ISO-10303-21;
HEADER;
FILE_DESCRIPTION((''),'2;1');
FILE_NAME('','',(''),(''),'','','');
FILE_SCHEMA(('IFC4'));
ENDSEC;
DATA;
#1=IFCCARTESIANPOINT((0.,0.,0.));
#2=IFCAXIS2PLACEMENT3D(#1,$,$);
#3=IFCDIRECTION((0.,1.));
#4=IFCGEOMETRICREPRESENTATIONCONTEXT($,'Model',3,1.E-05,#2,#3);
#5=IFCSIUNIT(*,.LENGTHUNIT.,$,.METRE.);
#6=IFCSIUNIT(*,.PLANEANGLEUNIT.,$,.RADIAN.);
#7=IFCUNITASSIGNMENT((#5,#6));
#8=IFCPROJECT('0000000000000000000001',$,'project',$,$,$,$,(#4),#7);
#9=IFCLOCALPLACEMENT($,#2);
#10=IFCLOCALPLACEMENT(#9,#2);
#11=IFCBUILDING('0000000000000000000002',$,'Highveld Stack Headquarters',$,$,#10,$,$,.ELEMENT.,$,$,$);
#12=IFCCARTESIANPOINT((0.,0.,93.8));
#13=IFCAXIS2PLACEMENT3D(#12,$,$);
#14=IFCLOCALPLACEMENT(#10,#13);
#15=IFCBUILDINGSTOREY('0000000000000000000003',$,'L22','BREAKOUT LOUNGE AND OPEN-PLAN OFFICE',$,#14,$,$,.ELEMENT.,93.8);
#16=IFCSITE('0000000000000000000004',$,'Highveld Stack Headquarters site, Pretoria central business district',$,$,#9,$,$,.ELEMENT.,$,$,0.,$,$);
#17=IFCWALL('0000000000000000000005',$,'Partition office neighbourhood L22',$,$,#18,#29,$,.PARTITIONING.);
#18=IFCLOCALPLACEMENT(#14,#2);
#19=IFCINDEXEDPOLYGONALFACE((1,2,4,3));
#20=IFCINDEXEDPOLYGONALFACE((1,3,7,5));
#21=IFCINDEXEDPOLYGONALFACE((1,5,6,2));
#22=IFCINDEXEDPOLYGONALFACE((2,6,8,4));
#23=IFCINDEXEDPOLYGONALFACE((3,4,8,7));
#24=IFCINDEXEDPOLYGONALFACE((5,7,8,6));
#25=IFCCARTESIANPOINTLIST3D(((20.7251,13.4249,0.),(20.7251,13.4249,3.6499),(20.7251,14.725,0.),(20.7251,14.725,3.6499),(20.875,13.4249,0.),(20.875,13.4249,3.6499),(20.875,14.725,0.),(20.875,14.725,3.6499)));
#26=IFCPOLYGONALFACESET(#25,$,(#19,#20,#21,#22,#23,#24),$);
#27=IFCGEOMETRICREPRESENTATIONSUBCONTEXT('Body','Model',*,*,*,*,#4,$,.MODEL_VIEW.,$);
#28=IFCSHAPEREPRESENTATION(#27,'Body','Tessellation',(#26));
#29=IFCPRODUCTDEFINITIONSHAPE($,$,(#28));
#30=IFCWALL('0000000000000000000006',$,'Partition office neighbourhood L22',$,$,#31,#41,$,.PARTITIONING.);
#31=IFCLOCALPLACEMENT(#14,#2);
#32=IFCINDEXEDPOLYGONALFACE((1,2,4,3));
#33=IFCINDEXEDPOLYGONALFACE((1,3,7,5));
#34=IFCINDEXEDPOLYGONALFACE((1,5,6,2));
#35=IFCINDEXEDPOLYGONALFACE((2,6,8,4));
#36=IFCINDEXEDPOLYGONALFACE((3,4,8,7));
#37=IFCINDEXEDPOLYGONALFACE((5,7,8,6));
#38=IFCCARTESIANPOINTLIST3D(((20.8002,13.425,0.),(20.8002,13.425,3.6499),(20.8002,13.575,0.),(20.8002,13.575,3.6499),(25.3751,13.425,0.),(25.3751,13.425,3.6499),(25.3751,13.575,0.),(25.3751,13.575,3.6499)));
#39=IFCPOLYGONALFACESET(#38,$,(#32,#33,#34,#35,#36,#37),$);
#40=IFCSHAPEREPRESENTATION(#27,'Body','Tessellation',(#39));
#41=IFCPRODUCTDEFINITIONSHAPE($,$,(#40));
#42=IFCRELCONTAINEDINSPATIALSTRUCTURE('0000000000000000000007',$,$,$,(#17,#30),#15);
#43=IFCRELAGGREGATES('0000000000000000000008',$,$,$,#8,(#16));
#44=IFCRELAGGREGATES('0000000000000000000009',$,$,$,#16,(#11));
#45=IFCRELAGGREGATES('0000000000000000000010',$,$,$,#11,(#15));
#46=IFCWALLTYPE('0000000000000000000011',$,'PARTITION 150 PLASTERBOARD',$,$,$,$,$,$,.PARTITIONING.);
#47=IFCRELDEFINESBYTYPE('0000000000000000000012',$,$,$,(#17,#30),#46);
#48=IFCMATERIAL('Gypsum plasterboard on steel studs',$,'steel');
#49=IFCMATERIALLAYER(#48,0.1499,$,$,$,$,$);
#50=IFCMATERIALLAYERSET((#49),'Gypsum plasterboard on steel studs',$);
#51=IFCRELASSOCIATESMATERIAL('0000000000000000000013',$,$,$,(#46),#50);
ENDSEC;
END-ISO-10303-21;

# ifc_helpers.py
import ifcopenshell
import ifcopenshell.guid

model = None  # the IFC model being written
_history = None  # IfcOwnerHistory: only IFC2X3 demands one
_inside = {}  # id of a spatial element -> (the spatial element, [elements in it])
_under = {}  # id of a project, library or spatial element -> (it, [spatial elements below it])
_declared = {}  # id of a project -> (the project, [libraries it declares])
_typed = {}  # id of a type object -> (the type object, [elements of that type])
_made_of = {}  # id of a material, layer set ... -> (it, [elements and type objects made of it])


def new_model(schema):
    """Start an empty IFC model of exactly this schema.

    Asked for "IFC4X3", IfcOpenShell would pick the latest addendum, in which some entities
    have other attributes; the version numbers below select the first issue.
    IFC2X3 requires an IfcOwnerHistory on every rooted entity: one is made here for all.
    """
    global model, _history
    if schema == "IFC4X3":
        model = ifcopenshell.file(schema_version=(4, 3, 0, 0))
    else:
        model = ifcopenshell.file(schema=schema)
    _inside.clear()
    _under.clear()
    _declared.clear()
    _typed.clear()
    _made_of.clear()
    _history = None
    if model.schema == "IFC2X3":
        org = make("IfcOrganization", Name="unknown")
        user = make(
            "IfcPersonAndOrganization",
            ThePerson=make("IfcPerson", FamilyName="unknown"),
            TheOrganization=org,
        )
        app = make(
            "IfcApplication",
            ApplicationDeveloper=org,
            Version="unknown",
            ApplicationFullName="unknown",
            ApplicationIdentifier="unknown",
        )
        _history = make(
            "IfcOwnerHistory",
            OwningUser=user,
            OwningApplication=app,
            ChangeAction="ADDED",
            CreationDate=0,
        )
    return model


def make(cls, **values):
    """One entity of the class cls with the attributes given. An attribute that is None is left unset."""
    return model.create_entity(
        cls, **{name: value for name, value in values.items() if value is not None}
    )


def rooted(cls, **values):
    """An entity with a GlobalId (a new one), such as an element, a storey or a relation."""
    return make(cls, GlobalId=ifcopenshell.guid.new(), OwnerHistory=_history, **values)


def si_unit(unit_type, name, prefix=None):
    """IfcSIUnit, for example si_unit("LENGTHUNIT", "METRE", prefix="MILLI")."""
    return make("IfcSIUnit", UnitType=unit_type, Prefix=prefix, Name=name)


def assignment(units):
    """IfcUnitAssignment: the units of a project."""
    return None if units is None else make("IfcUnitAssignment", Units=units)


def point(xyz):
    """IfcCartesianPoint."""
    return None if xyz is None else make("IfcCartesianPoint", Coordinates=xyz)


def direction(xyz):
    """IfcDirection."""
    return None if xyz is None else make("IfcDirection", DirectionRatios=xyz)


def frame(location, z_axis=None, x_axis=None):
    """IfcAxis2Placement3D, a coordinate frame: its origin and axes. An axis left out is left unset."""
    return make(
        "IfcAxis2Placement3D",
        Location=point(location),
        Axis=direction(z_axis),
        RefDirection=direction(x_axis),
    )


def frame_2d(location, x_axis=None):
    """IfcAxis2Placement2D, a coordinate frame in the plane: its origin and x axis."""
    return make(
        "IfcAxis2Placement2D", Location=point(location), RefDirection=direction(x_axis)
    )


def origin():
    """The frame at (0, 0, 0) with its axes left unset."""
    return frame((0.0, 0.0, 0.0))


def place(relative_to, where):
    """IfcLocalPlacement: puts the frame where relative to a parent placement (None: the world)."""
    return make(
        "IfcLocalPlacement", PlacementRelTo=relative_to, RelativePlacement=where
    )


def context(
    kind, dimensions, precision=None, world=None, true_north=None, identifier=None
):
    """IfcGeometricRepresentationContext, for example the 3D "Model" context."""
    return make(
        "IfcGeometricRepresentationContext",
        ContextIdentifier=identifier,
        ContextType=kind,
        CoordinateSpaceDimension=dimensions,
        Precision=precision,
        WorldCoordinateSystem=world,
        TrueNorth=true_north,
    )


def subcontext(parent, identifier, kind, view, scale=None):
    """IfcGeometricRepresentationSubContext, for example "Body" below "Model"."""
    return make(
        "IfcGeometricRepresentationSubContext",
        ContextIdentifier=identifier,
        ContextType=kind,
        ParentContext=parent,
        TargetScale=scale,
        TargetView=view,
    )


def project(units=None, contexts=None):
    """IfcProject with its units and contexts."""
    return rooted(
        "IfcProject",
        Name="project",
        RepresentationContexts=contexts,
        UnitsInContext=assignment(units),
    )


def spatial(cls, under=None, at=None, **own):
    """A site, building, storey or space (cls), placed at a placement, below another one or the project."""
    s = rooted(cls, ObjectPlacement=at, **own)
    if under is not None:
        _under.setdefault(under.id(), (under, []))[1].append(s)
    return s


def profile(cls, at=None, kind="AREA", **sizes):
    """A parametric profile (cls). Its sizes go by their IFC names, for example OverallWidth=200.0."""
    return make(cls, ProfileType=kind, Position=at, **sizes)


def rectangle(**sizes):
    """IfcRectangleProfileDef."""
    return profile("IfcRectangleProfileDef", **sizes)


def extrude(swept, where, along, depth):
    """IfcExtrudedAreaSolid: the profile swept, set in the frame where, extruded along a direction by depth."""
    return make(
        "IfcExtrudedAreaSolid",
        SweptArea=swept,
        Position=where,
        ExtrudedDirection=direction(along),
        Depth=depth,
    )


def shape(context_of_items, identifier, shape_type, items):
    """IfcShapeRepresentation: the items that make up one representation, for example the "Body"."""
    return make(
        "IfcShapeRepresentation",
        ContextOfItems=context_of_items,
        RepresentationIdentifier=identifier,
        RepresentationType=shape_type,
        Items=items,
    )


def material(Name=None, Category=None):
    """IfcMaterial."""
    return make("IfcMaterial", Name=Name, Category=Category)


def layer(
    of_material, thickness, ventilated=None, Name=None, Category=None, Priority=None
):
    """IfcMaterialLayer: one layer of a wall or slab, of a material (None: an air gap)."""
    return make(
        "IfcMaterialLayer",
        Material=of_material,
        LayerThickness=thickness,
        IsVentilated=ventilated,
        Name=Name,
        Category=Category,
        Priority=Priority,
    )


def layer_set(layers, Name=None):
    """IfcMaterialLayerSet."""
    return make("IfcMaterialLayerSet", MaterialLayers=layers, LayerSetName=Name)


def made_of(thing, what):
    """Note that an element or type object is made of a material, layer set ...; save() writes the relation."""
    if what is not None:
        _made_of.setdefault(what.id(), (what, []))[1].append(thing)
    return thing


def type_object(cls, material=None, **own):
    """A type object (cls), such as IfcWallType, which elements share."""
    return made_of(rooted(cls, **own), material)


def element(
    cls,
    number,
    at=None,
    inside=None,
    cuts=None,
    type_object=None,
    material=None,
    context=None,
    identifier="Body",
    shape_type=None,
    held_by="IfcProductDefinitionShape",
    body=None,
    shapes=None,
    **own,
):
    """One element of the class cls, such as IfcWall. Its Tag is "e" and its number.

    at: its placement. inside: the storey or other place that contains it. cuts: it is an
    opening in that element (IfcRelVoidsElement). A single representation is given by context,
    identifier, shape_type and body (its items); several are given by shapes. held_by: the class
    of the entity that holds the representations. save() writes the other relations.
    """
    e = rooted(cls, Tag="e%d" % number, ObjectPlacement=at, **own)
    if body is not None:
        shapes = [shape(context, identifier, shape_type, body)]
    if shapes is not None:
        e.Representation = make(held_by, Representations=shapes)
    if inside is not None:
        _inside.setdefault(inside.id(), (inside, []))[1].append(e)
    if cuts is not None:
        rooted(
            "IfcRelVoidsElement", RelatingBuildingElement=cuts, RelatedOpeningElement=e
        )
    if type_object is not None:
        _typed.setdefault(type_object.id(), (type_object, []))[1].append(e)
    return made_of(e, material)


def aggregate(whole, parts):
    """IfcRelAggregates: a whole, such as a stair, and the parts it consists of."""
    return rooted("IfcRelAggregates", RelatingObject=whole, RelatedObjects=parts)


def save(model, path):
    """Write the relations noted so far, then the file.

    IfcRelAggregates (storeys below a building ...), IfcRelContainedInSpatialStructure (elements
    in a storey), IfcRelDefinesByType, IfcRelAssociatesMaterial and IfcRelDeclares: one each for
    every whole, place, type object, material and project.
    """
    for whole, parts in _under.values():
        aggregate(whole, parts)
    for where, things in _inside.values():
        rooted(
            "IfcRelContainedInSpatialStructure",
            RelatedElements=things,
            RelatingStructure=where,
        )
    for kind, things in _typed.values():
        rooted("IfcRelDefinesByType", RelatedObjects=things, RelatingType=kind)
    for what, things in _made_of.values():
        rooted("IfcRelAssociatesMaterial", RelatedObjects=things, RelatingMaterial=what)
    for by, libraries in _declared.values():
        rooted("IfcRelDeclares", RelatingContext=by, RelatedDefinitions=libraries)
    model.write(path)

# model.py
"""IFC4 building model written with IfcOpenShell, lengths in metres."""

from ifc_helpers import new_model, si_unit, direction, frame, frame_2d, origin, place, context, subcontext, project, spatial, rectangle, extrude, material, layer, layer_set, type_object, element, save


model = new_model("IFC4")

# Units and contexts
model_context = context("Model", 3, precision=1e-05, world=origin(), true_north=direction((0.0, 1.0)))
body_context = subcontext(model_context, "Body", "Model", "MODEL_VIEW")
ifc_project = project(units=[si_unit("LENGTHUNIT", "METRE"), si_unit("PLANEANGLEUNIT", "RADIAN")], contexts=[model_context])

# Site, building, storey
site_placement = place(None, origin())
site = spatial("IfcSite", under=ifc_project, at=site_placement, Name="Highveld Stack Headquarters site, Pretoria central business district", CompositionType="ELEMENT", RefElevation=0.0)
building_placement = place(site_placement, origin())
building = spatial("IfcBuilding", under=site, at=building_placement, Name="Highveld Stack Headquarters", CompositionType="ELEMENT")
storey_placement = place(building_placement, frame((0.0, 0.0, 93.8)))
storey = spatial("IfcBuildingStorey", under=building, at=storey_placement, Name="L22", Description="BREAKOUT LOUNGE AND OPEN-PLAN OFFICE", CompositionType="ELEMENT", Elevation=93.8)

# Shared definitions
ifc_material_1 = material(Name="Gypsum plasterboard on steel studs", Category="steel")
ifc_layer_1 = layer(ifc_material_1, 0.1499)
ifc_layer_set_1 = layer_set([ifc_layer_1], Name="Gypsum plasterboard on steel studs")
wall_type_1 = type_object("IfcWallType", Name="PARTITION 150 PLASTERBOARD", PredefinedType="PARTITIONING", material=ifc_layer_set_1)

# Walls
wall_1_placement = place(storey_placement, frame((20.8, 13.425, 0.0), z_axis=(0.0, 0.0, 1.0), x_axis=(0.0, 1.0, 0.0)))
element("IfcWall", 1, at=wall_1_placement, inside=storey, type_object=wall_type_1, Name="Partition office neighbourhood L22", PredefinedType="PARTITIONING", context=body_context, shape_type="SweptSolid", body=[
    extrude(rectangle(XDim=1.3, YDim=0.1499, at=frame_2d((0.6499, 0.0))), origin(), (0.0, 0.0, 1.0), 3.6499),
])
wall_2_placement = place(storey_placement, frame((20.8, 13.5, 0.0), z_axis=(0.0, 0.0, 1.0), x_axis=(1.0, 0.0, 0.0)))
element("IfcWall", 2, at=wall_2_placement, inside=storey, type_object=wall_type_1, Name="Partition office neighbourhood L22", PredefinedType="PARTITIONING", context=body_context, shape_type="SweptSolid", body=[
    extrude(rectangle(XDim=4.575, YDim=0.1499, at=frame_2d((2.2876, 0.0))), origin(), (0.0, 0.0, 1.0), 3.6499),
])

save(model, "model.ifc")
